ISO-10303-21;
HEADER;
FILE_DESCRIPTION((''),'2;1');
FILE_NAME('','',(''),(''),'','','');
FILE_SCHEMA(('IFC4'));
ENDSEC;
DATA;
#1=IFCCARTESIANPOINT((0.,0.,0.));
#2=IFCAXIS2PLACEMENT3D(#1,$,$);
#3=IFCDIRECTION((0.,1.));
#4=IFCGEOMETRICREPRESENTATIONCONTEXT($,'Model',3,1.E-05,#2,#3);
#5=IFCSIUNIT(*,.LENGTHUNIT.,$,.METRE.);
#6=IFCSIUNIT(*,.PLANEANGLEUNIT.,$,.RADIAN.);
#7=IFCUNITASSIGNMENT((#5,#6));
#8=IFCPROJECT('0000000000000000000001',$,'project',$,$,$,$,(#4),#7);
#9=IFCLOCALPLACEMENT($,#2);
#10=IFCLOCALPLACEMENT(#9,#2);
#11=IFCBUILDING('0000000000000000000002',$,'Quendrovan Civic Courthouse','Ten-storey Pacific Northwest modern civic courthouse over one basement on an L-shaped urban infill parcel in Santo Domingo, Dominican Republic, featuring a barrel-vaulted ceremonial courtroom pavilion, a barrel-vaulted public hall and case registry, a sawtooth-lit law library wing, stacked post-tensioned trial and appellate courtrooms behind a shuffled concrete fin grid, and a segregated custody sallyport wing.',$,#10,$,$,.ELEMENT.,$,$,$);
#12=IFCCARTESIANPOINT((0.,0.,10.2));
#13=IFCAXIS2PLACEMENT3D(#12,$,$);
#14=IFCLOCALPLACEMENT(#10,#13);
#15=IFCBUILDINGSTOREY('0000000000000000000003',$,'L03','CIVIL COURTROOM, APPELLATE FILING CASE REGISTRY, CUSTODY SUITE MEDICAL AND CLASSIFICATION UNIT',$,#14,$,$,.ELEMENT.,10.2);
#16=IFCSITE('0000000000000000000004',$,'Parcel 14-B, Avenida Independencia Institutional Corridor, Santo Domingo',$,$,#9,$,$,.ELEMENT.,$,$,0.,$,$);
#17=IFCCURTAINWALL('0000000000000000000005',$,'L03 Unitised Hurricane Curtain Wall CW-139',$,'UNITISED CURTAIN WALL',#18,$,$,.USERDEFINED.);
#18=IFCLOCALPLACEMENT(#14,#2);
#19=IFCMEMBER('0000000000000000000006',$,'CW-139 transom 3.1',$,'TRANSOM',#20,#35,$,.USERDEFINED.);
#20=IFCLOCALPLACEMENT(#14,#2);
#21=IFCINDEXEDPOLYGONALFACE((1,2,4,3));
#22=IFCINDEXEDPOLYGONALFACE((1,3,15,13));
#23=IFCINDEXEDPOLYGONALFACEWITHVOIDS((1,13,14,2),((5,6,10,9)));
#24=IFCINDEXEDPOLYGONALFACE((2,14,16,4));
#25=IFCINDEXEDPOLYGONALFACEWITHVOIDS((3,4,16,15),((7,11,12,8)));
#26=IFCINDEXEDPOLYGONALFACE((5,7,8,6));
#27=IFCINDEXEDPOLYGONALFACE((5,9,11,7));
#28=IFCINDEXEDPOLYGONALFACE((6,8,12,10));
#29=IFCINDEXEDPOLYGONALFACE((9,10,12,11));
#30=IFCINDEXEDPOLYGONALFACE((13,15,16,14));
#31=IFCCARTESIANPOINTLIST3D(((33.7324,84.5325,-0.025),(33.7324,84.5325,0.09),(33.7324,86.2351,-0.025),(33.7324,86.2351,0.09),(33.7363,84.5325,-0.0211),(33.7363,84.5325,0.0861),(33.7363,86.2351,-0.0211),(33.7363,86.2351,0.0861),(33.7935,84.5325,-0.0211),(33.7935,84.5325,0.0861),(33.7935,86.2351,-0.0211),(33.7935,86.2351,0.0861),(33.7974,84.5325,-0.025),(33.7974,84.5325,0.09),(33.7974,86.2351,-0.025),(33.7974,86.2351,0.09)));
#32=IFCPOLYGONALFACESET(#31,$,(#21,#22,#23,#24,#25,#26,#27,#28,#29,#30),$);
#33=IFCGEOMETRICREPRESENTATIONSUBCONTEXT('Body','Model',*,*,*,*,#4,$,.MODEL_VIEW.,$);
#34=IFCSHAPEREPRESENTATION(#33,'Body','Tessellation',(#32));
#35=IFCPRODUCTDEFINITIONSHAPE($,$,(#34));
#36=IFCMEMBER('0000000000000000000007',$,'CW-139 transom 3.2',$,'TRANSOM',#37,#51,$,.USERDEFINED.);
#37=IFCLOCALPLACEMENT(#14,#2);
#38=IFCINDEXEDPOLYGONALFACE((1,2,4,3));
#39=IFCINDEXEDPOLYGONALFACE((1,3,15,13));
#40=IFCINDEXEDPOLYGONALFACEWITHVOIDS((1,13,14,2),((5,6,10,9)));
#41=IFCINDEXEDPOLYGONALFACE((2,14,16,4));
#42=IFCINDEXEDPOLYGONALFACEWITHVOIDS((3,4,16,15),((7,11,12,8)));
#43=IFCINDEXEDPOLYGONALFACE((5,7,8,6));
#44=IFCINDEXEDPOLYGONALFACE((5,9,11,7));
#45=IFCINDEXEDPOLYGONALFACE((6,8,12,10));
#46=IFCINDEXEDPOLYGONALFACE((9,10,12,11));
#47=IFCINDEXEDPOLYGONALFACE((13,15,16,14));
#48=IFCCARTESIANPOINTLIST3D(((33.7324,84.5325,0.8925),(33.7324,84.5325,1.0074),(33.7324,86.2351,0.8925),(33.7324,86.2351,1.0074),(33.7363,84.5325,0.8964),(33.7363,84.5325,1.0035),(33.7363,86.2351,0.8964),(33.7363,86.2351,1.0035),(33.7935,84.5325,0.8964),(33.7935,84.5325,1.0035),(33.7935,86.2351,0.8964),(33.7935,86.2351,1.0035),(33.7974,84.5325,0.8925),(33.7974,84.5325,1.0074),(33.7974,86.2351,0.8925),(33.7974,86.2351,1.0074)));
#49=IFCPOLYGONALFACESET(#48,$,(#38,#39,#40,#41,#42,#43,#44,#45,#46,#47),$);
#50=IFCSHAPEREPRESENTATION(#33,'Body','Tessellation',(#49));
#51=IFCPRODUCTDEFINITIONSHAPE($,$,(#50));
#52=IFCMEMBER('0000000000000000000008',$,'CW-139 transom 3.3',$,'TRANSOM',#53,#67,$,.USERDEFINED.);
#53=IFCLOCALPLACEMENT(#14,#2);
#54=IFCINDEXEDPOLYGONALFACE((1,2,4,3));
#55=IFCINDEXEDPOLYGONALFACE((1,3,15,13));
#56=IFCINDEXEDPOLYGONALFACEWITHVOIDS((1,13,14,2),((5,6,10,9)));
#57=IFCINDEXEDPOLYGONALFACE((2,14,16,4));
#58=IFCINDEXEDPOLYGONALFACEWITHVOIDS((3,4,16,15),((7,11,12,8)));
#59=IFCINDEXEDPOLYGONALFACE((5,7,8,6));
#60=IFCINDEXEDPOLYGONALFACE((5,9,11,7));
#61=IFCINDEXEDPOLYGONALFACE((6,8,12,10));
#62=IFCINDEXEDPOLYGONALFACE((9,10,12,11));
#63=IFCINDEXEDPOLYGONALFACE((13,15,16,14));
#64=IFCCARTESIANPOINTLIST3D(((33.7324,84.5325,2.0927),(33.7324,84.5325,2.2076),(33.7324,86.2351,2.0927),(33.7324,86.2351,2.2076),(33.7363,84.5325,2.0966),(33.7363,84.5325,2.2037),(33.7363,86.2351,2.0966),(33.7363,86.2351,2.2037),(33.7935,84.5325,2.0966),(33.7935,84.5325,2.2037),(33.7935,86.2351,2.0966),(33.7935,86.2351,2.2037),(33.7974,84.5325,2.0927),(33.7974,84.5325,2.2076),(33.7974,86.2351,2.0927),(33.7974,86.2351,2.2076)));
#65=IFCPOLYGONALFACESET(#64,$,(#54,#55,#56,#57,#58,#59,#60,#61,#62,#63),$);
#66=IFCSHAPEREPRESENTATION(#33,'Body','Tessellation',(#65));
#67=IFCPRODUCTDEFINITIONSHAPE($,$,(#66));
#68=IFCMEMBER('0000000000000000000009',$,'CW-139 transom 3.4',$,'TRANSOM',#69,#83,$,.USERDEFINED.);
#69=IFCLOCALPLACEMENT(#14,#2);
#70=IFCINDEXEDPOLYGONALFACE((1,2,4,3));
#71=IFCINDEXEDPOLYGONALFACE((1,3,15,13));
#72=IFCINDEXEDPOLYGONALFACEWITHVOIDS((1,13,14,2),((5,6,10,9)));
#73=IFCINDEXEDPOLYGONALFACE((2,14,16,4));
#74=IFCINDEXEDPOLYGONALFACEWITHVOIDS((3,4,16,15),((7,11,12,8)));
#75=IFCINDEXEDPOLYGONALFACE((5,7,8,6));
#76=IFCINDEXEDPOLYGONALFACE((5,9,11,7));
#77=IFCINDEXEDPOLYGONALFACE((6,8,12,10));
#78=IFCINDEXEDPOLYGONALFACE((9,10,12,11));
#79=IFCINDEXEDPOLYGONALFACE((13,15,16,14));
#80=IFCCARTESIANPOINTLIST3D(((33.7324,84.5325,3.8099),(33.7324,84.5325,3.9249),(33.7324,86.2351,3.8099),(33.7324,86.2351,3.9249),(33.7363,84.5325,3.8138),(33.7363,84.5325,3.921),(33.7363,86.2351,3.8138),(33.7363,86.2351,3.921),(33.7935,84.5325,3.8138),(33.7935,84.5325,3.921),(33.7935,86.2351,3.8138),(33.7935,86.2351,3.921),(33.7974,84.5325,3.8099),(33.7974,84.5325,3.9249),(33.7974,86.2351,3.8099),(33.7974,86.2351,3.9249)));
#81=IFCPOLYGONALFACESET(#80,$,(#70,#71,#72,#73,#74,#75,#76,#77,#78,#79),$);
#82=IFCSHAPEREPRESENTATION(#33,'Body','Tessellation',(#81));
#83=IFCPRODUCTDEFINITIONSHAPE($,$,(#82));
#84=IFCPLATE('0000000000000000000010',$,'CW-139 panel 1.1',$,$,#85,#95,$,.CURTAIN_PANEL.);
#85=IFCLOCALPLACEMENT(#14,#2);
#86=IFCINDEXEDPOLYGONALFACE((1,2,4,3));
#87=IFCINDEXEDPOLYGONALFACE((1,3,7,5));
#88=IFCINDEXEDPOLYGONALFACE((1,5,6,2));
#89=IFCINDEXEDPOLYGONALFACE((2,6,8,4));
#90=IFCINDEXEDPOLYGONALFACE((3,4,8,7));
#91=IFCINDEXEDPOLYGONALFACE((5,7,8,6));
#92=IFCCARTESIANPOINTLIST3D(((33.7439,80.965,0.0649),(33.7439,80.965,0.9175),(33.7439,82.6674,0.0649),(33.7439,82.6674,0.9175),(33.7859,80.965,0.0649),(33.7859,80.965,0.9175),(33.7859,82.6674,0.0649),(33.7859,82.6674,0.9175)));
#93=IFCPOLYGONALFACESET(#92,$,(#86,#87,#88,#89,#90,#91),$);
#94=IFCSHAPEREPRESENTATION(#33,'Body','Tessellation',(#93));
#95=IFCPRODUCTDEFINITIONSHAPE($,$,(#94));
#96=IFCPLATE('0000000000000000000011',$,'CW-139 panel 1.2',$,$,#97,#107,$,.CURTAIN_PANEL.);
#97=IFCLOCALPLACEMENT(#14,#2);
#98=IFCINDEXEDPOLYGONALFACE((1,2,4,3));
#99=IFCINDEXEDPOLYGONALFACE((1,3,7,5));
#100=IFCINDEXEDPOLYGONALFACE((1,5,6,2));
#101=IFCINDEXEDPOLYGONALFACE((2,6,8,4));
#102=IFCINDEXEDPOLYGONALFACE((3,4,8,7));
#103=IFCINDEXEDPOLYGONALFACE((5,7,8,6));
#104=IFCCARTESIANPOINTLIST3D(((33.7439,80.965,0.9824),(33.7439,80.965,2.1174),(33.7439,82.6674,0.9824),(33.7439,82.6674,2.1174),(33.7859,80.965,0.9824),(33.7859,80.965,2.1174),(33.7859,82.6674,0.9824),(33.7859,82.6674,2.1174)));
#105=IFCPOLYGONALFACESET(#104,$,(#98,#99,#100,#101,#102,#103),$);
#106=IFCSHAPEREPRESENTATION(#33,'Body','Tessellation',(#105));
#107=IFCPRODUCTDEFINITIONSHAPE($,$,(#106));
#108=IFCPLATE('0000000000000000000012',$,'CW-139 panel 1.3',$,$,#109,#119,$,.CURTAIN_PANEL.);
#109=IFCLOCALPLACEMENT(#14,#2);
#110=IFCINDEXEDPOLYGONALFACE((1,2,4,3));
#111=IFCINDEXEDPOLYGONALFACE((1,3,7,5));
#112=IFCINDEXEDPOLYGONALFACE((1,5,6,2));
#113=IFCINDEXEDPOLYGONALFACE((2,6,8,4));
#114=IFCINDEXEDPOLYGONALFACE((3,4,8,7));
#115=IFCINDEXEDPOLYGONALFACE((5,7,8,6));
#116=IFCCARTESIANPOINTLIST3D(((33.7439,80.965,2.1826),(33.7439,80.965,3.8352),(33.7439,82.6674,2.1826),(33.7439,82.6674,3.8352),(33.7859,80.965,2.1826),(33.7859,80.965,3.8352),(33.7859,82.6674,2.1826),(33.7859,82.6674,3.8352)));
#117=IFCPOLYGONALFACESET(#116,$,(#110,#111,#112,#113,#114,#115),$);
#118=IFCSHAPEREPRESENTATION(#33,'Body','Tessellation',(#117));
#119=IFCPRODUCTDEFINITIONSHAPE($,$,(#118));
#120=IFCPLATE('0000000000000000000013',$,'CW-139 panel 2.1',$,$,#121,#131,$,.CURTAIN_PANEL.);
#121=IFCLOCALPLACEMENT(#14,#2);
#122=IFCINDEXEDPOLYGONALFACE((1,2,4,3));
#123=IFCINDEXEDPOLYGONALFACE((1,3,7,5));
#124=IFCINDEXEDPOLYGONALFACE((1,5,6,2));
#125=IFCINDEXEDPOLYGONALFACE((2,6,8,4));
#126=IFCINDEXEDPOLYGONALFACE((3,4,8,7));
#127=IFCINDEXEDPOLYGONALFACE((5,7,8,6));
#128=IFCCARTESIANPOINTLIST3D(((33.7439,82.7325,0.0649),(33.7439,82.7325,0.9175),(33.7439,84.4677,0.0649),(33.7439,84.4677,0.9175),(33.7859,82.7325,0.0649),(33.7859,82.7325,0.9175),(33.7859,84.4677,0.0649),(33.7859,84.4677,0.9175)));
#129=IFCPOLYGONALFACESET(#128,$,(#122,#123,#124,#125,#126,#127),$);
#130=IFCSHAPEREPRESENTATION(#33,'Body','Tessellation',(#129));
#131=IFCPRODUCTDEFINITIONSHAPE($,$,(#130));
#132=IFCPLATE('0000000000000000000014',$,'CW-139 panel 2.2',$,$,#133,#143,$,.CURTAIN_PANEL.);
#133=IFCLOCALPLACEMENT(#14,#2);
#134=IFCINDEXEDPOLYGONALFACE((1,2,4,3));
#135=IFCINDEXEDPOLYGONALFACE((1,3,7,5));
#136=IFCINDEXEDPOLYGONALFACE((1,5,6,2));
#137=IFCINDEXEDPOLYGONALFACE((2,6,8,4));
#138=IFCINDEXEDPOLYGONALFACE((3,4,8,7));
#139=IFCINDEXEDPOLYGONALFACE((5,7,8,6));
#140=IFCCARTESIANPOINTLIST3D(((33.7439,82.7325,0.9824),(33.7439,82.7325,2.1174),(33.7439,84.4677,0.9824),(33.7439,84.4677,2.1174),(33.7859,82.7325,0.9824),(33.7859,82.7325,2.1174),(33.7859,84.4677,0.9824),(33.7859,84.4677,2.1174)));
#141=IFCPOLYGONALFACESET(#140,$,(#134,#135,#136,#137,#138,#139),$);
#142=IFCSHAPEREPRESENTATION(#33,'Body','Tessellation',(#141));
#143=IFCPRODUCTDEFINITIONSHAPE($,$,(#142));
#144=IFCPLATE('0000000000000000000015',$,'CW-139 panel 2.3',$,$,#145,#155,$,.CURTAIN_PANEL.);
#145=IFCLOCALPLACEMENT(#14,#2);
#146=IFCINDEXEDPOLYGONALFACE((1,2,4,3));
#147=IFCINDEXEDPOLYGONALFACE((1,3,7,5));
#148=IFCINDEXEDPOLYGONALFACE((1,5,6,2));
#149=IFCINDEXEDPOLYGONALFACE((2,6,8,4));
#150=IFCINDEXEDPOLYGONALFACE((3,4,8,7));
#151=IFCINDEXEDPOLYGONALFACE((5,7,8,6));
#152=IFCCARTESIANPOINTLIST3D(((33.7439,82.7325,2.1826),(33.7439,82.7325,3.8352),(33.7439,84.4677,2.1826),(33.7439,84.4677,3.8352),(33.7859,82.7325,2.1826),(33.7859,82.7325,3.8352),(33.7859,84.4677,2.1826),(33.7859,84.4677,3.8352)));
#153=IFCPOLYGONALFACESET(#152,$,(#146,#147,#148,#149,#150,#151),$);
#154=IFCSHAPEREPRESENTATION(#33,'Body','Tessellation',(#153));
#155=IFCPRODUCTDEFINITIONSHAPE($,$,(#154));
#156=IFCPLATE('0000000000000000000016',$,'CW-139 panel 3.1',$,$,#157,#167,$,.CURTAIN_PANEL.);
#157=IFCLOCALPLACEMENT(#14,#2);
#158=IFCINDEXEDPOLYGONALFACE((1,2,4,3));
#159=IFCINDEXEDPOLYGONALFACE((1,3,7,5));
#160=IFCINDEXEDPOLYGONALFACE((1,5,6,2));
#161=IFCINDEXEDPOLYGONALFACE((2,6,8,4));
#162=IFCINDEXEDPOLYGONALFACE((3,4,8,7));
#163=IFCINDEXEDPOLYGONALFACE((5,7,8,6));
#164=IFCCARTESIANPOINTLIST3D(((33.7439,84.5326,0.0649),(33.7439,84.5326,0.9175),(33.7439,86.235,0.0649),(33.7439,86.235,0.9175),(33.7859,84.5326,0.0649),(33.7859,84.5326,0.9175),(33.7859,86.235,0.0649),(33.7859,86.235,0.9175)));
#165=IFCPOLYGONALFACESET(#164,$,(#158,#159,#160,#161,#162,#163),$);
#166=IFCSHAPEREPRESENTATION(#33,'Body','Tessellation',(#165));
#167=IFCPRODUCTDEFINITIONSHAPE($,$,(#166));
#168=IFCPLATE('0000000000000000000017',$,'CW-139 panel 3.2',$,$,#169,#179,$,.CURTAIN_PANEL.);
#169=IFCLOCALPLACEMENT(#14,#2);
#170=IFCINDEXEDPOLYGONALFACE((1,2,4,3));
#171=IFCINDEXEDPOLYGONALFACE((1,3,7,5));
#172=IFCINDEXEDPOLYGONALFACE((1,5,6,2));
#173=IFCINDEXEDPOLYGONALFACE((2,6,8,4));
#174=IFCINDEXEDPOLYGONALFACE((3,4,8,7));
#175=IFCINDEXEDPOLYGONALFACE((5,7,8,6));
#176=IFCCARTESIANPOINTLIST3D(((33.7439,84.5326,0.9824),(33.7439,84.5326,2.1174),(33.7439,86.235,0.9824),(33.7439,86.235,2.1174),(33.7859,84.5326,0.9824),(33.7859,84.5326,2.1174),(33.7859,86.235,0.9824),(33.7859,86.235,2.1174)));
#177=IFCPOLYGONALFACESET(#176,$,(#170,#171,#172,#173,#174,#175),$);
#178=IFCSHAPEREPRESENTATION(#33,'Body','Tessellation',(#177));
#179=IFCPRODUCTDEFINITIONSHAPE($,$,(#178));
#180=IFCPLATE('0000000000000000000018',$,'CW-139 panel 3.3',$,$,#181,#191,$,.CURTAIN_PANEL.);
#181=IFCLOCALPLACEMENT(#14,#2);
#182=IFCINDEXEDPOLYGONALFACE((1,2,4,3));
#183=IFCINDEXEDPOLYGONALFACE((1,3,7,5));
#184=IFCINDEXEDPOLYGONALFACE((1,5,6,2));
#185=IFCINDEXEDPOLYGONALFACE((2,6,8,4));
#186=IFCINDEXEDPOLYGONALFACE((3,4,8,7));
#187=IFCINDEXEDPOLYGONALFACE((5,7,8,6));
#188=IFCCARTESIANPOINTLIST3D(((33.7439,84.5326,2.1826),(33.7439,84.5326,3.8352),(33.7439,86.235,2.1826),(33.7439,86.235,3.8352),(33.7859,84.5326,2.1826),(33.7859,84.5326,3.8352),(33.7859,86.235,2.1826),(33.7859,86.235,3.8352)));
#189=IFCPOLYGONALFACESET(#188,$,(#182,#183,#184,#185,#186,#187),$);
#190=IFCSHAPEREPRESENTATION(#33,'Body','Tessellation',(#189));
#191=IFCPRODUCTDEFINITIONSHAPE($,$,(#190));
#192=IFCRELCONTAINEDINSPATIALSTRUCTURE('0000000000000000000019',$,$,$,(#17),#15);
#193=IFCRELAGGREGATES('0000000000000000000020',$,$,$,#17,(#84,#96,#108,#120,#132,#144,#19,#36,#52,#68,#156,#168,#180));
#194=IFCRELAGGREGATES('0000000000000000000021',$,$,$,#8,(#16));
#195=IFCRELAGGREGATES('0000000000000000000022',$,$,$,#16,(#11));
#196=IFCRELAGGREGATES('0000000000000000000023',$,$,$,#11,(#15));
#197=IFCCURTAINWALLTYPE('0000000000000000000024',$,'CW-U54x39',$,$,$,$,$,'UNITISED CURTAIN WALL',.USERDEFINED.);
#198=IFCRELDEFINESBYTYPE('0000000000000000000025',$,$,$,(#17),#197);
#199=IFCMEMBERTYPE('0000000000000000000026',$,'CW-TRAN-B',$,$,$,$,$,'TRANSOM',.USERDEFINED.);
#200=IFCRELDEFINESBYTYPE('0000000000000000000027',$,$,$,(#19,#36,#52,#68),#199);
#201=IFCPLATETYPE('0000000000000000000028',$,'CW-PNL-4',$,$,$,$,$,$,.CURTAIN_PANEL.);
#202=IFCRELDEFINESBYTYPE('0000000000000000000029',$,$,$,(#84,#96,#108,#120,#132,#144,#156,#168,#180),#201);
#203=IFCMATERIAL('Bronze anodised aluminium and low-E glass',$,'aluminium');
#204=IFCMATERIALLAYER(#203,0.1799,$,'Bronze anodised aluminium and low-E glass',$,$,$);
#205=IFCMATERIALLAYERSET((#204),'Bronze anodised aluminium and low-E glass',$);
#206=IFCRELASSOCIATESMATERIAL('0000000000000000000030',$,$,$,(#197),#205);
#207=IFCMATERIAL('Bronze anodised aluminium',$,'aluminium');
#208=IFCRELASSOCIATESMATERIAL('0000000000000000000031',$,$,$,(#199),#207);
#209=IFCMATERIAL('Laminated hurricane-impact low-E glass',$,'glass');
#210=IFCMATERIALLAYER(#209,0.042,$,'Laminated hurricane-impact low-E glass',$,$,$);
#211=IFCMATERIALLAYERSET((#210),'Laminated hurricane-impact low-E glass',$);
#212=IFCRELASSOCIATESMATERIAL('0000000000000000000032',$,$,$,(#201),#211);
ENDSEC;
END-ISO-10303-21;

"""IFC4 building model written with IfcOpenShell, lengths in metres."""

from ifc_helpers import new_model, si_unit, direction, frame, origin, origin_2d, place, context, subcontext, project, spatial, rectangle, hollow_rectangle, extrude, material, layer, layer_set, material_profile, profile_set, type_object, element, aggregate, save


model = new_model("IFC4")

# Units and contexts
model_context = context("Model", 3, precision=1e-05, world=origin(), true_north=direction((0.0, 1.0)))
body_context = subcontext(model_context, "Body", "Model", "MODEL_VIEW")
ifc_project = project(units=[si_unit("LENGTHUNIT", "METRE"), si_unit("PLANEANGLEUNIT", "RADIAN")], contexts=[model_context])

# Site, building, storey
site_placement = place(None, origin())
site = spatial("IfcSite", under=ifc_project, at=site_placement, Name="Parcel 14-B, Avenida Independencia Institutional Corridor, Santo Domingo", CompositionType="ELEMENT", RefElevation=0.0)
building_placement = place(site_placement, origin())
building = spatial("IfcBuilding", under=site, at=building_placement, Name="Quendrovan Civic Courthouse", Description="Ten-storey Pacific Northwest modern civic courthouse over one basement on an L-shaped urban infill parcel in Santo Domingo, Dominican Republic, featuring a barrel-vaulted ceremonial courtroom pavilion, a barrel-vaulted public hall and case registry, a sawtooth-lit law library wing, stacked post-tensioned trial and appellate courtrooms behind a shuffled concrete fin grid, and a segregated custody sallyport wing.", CompositionType="ELEMENT")
storey_placement = place(building_placement, frame((0.0, 0.0, 10.2)))
storey = spatial("IfcBuildingStorey", under=building, at=storey_placement, Name="L03", Description="CIVIL COURTROOM, APPELLATE FILING CASE REGISTRY, CUSTODY SUITE MEDICAL AND CLASSIFICATION UNIT", CompositionType="ELEMENT", Elevation=10.2)

# Curtain wall, members, plates
ifc_material_1 = material(Name="Bronze anodised aluminium and low-E glass", Category="aluminium")
ifc_layer_1 = layer(ifc_material_1, 0.1799, Name="Bronze anodised aluminium and low-E glass")
ifc_layer_set_1 = layer_set([ifc_layer_1], Name="Bronze anodised aluminium and low-E glass")
curtain_wall_type = type_object("IfcCurtainWallType", Name="CW-U54x39", ElementType="UNITISED CURTAIN WALL", PredefinedType="USERDEFINED", material=ifc_layer_set_1)
curtain_wall_placement = place(storey_placement, origin())
curtain_wall = element("IfcCurtainWall", 1, at=curtain_wall_placement, inside=storey, type_object=curtain_wall_type, Name="L03 Unitised Hurricane Curtain Wall CW-139", ObjectType="UNITISED CURTAIN WALL", PredefinedType="USERDEFINED")
ifc_material_2 = material(Name="Bronze anodised aluminium", Category="aluminium")
ifc_material_profile_1 = material_profile(ifc_material_2, hollow_rectangle(XDim=0.0649, YDim=0.115, WallThickness=0.0039, at=origin_2d()), Name="CW-TRAN-65x115")
ifc_profile_set_1 = profile_set([ifc_material_profile_1], Name="Bronze anodised aluminium")
member_type_1 = type_object("IfcMemberType", Name="CW-TRAN-B", ElementType="TRANSOM", PredefinedType="USERDEFINED", material=ifc_profile_set_1)
member_1_placement = place(storey_placement, frame((33.7649, 84.5325, 0.0325), z_axis=(0.0, 1.0, 0.0), x_axis=(-1.0, 0.0, 0.0)))
member_1 = element("IfcMember", 2, at=member_1_placement, type_object=member_type_1, Name="CW-139 transom 3.1", ObjectType="TRANSOM", PredefinedType="USERDEFINED", context=body_context, shape_type="SweptSolid", body=[
    extrude(hollow_rectangle(XDim=0.0649, YDim=0.115, WallThickness=0.0039, at=origin_2d()), origin(), (0.0, 0.0, 1.0), 1.7026),
])
member_2_placement = place(storey_placement, frame((33.7649, 84.5325, 0.95), z_axis=(0.0, 1.0, 0.0), x_axis=(-1.0, 0.0, 0.0)))
member_2 = element("IfcMember", 3, at=member_2_placement, type_object=member_type_1, Name="CW-139 transom 3.2", ObjectType="TRANSOM", PredefinedType="USERDEFINED", context=body_context, shape_type="SweptSolid", body=[
    extrude(hollow_rectangle(XDim=0.0649, YDim=0.115, WallThickness=0.0039, at=origin_2d()), origin(), (0.0, 0.0, 1.0), 1.7026),
])
member_3_placement = place(storey_placement, frame((33.7649, 84.5325, 2.1501), z_axis=(0.0, 1.0, 0.0), x_axis=(-1.0, 0.0, 0.0)))
member_3 = element("IfcMember", 4, at=member_3_placement, type_object=member_type_1, Name="CW-139 transom 3.3", ObjectType="TRANSOM", PredefinedType="USERDEFINED", context=body_context, shape_type="SweptSolid", body=[
    extrude(hollow_rectangle(XDim=0.0649, YDim=0.115, WallThickness=0.0039, at=origin_2d()), origin(), (0.0, 0.0, 1.0), 1.7026),
])
member_4_placement = place(storey_placement, frame((33.7649, 84.5325, 3.8674), z_axis=(0.0, 1.0, 0.0), x_axis=(-1.0, 0.0, 0.0)))
member_4 = element("IfcMember", 5, at=member_4_placement, type_object=member_type_1, Name="CW-139 transom 3.4", ObjectType="TRANSOM", PredefinedType="USERDEFINED", context=body_context, shape_type="SweptSolid", body=[
    extrude(hollow_rectangle(XDim=0.0649, YDim=0.115, WallThickness=0.0039, at=origin_2d()), origin(), (0.0, 0.0, 1.0), 1.7026),
])
ifc_material_3 = material(Name="Laminated hurricane-impact low-E glass", Category="glass")
ifc_layer_2 = layer(ifc_material_3, 0.042, Name="Laminated hurricane-impact low-E glass")
ifc_layer_set_2 = layer_set([ifc_layer_2], Name="Laminated hurricane-impact low-E glass")
plate_type = type_object("IfcPlateType", Name="CW-PNL-4", PredefinedType="CURTAIN_PANEL", material=ifc_layer_set_2)
plate_1_placement = place(storey_placement, frame((33.7649, 81.8162, 0.0649), z_axis=(0.0, 0.0, 1.0), x_axis=(0.0, 1.0, 0.0)))
plate_1 = element("IfcPlate", 6, at=plate_1_placement, type_object=plate_type, Name="CW-139 panel 1.1", PredefinedType="CURTAIN_PANEL", context=body_context, shape_type="SweptSolid", body=[
    extrude(rectangle(XDim=1.7024, YDim=0.042, at=origin_2d()), origin(), (0.0, 0.0, 1.0), 0.8525),
])
plate_2_placement = place(storey_placement, frame((33.7649, 81.8162, 0.9824), z_axis=(0.0, 0.0, 1.0), x_axis=(0.0, 1.0, 0.0)))
plate_2 = element("IfcPlate", 7, at=plate_2_placement, type_object=plate_type, Name="CW-139 panel 1.2", PredefinedType="CURTAIN_PANEL", context=body_context, shape_type="SweptSolid", body=[
    extrude(rectangle(XDim=1.7024, YDim=0.042, at=origin_2d()), origin(), (0.0, 0.0, 1.0), 1.135),
])
plate_3_placement = place(storey_placement, frame((33.7649, 81.8162, 2.1826), z_axis=(0.0, 0.0, 1.0), x_axis=(0.0, 1.0, 0.0)))
plate_3 = element("IfcPlate", 8, at=plate_3_placement, type_object=plate_type, Name="CW-139 panel 1.3", PredefinedType="CURTAIN_PANEL", context=body_context, shape_type="SweptSolid", body=[
    extrude(rectangle(XDim=1.7024, YDim=0.042, at=origin_2d()), origin(), (0.0, 0.0, 1.0), 1.6526),
])
plate_4_placement = place(storey_placement, frame((33.7649, 83.6001, 0.0649), z_axis=(0.0, 0.0, 1.0), x_axis=(0.0, 1.0, 0.0)))
plate_4 = element("IfcPlate", 9, at=plate_4_placement, type_object=plate_type, Name="CW-139 panel 2.1", PredefinedType="CURTAIN_PANEL", context=body_context, shape_type="SweptSolid", body=[
    extrude(rectangle(XDim=1.7351, YDim=0.042, at=origin_2d()), origin(), (0.0, 0.0, 1.0), 0.8525),
])
plate_5_placement = place(storey_placement, frame((33.7649, 83.6001, 0.9824), z_axis=(0.0, 0.0, 1.0), x_axis=(0.0, 1.0, 0.0)))
plate_5 = element("IfcPlate", 10, at=plate_5_placement, type_object=plate_type, Name="CW-139 panel 2.2", PredefinedType="CURTAIN_PANEL", context=body_context, shape_type="SweptSolid", body=[
    extrude(rectangle(XDim=1.7351, YDim=0.042, at=origin_2d()), origin(), (0.0, 0.0, 1.0), 1.135),
])
plate_6_placement = place(storey_placement, frame((33.7649, 83.6001, 2.1826), z_axis=(0.0, 0.0, 1.0), x_axis=(0.0, 1.0, 0.0)))
plate_6 = element("IfcPlate", 11, at=plate_6_placement, type_object=plate_type, Name="CW-139 panel 2.3", PredefinedType="CURTAIN_PANEL", context=body_context, shape_type="SweptSolid", body=[
    extrude(rectangle(XDim=1.7351, YDim=0.042, at=origin_2d()), origin(), (0.0, 0.0, 1.0), 1.6526),
])
plate_7_placement = place(storey_placement, frame((33.7649, 85.3838, 0.0649), z_axis=(0.0, 0.0, 1.0), x_axis=(0.0, 1.0, 0.0)))
plate_7 = element("IfcPlate", 12, at=plate_7_placement, type_object=plate_type, Name="CW-139 panel 3.1", PredefinedType="CURTAIN_PANEL", context=body_context, shape_type="SweptSolid", body=[
    extrude(rectangle(XDim=1.7024, YDim=0.042, at=origin_2d()), origin(), (0.0, 0.0, 1.0), 0.8525),
])
plate_8_placement = place(storey_placement, frame((33.7649, 85.3838, 0.9824), z_axis=(0.0, 0.0, 1.0), x_axis=(0.0, 1.0, 0.0)))
plate_8 = element("IfcPlate", 13, at=plate_8_placement, type_object=plate_type, Name="CW-139 panel 3.2", PredefinedType="CURTAIN_PANEL", context=body_context, shape_type="SweptSolid", body=[
    extrude(rectangle(XDim=1.7024, YDim=0.042, at=origin_2d()), origin(), (0.0, 0.0, 1.0), 1.135),
])
plate_9_placement = place(storey_placement, frame((33.7649, 85.3838, 2.1826), z_axis=(0.0, 0.0, 1.0), x_axis=(0.0, 1.0, 0.0)))
plate_9 = element("IfcPlate", 14, at=plate_9_placement, type_object=plate_type, Name="CW-139 panel 3.3", PredefinedType="CURTAIN_PANEL", context=body_context, shape_type="SweptSolid", body=[
    extrude(rectangle(XDim=1.7024, YDim=0.042, at=origin_2d()), origin(), (0.0, 0.0, 1.0), 1.6526),
])
aggregate(curtain_wall, [plate_1, plate_2, plate_3, plate_4, plate_5, plate_6, member_1, member_2, member_3, member_4, plate_7, plate_8, plate_9])

save(model, "model.ifc")
